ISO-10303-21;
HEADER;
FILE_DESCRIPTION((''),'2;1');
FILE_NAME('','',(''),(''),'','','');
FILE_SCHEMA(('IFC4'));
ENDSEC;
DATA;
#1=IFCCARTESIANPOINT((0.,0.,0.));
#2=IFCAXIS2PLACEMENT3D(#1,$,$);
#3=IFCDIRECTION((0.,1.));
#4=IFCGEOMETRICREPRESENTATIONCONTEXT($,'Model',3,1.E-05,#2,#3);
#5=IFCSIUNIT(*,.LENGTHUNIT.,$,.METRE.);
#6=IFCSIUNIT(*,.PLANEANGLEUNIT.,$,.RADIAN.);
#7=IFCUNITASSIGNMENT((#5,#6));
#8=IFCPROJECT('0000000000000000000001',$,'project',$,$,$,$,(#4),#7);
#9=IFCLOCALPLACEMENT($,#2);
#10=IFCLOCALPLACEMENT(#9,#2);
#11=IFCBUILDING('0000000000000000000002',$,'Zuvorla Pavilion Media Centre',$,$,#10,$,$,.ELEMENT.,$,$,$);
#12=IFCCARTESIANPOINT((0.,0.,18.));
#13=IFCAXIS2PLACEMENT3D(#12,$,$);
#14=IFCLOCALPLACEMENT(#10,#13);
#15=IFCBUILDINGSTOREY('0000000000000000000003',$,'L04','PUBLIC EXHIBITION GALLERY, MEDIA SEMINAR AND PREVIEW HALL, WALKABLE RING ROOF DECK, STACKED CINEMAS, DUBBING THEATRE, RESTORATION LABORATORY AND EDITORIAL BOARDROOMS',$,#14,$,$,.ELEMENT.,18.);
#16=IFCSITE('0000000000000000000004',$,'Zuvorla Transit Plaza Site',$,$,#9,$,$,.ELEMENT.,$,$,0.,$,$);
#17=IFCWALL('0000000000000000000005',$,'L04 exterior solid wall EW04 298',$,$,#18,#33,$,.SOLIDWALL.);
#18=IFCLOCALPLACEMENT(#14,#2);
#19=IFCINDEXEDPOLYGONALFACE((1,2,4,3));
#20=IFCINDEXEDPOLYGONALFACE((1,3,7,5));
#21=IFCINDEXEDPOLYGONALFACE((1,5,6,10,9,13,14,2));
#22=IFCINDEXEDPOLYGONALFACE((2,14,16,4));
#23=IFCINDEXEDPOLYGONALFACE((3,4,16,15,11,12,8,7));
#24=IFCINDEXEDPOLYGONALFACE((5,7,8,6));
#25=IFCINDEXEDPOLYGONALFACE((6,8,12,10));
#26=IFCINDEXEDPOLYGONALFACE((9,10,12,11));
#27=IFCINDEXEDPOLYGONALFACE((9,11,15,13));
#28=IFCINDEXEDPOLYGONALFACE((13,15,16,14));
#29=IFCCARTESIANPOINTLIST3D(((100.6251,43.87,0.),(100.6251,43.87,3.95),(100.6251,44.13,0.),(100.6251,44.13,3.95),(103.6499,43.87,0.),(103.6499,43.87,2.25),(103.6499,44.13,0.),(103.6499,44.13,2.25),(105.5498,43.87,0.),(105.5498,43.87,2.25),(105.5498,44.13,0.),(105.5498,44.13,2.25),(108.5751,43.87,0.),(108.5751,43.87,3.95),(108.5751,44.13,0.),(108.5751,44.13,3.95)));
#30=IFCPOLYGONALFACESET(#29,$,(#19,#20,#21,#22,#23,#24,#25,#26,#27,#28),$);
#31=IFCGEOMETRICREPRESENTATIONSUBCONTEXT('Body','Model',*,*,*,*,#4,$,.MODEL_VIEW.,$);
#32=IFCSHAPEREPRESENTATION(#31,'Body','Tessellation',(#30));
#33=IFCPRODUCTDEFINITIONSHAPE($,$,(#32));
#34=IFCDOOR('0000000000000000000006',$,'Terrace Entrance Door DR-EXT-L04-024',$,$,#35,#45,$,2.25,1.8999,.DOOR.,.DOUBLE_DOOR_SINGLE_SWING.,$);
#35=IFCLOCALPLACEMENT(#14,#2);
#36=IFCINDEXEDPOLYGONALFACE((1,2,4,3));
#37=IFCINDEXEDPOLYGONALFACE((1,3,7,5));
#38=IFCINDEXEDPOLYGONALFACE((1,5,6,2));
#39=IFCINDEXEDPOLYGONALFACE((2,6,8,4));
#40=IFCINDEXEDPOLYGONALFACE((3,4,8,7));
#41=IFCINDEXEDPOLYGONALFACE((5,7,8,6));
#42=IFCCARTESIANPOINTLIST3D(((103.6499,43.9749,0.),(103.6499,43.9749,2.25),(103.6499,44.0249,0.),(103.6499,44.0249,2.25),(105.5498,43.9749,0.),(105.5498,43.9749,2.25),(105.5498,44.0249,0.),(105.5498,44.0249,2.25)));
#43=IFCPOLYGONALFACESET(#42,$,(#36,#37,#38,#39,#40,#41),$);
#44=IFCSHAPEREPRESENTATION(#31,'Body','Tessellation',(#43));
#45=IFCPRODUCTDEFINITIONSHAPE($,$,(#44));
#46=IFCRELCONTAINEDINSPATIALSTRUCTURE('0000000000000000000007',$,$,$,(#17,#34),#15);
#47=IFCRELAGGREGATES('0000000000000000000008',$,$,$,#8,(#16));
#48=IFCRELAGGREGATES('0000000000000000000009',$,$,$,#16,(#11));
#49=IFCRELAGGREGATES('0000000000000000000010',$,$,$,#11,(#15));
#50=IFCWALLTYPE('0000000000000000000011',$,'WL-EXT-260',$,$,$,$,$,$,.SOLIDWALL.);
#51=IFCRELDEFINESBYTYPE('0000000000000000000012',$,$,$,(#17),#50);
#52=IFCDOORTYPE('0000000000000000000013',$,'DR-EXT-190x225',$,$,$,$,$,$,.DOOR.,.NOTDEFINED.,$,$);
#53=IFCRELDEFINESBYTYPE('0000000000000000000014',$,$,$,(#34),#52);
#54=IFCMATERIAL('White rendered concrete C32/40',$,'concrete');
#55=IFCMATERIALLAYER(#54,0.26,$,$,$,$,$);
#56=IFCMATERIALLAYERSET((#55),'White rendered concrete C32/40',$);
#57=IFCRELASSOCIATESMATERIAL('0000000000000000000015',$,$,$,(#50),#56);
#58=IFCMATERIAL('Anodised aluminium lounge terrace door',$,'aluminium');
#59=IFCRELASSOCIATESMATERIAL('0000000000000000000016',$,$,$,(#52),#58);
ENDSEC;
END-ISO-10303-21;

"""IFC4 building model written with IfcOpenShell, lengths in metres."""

from ifc_helpers import new_model, si_unit, direction, frame, frame_2d, origin, place, context, subcontext, project, spatial, rectangle, extrude, material, layer, layer_set, type_object, element, fill, save


model = new_model("IFC4")

# Units and contexts
model_context = context("Model", 3, precision=1e-05, world=origin(), true_north=direction((0.0, 1.0)))
body_context = subcontext(model_context, "Body", "Model", "MODEL_VIEW")
ifc_project = project(units=[si_unit("LENGTHUNIT", "METRE"), si_unit("PLANEANGLEUNIT", "RADIAN")], contexts=[model_context])

# Site, building, storey
site_placement = place(None, origin())
site = spatial("IfcSite", under=ifc_project, at=site_placement, Name="Zuvorla Transit Plaza Site", CompositionType="ELEMENT", RefElevation=0.0)
building_placement = place(site_placement, origin())
building = spatial("IfcBuilding", under=site, at=building_placement, Name="Zuvorla Pavilion Media Centre", CompositionType="ELEMENT")
storey_placement = place(building_placement, frame((0.0, 0.0, 18.0)))
storey = spatial("IfcBuildingStorey", under=building, at=storey_placement, Name="L04", Description="PUBLIC EXHIBITION GALLERY, MEDIA SEMINAR AND PREVIEW HALL, WALKABLE RING ROOF DECK, STACKED CINEMAS, DUBBING THEATRE, RESTORATION LABORATORY AND EDITORIAL BOARDROOMS", CompositionType="ELEMENT", Elevation=18.0)

# Shared definitions
ifc_material_1 = material(Name="White rendered concrete C32/40", Category="concrete")
ifc_layer = layer(ifc_material_1, 0.26)
ifc_layer_set = layer_set([ifc_layer], Name="White rendered concrete C32/40")
wall_type = type_object("IfcWallType", Name="WL-EXT-260", PredefinedType="SOLIDWALL", material=ifc_layer_set)

# Wall, opening, door
wall_1_placement = place(storey_placement, frame((100.625, 44.0, 0.0), z_axis=(0.0, 0.0, 1.0), x_axis=(1.0, 0.0, 0.0)))
wall_1 = element("IfcWall", 1, at=wall_1_placement, inside=storey, type_object=wall_type, Name="L04 exterior solid wall EW04 298", PredefinedType="SOLIDWALL", context=body_context, shape_type="SweptSolid", body=[
    extrude(rectangle(XDim=7.95, YDim=0.26, at=frame_2d((3.9751, 0.0))), origin(), (0.0, 0.0, 1.0), 3.95),
])
opening_1_placement = place(wall_1_placement, frame((3.0249, 0.0, 0.0)))
opening_1 = element("IfcOpeningElement", 2, at=opening_1_placement, cuts=wall_1, PredefinedType="OPENING", context=body_context, shape_type="SweptSolid", body=[
    extrude(rectangle(XDim=1.8999, YDim=2.25, at=frame_2d((0.95, 1.125))), frame((0.0, 0.1399, 0.0), z_axis=(0.0, -1.0, 0.0), x_axis=(1.0, 0.0, 0.0)), (0.0, 0.0, 1.0), 0.28),
])
ifc_material_2 = material(Name="Anodised aluminium lounge terrace door", Category="aluminium")
door_type_1 = type_object("IfcDoorType", Name="DR-EXT-190x225", OperationType="NOTDEFINED", PredefinedType="DOOR", material=ifc_material_2)
door_1_placement = place(opening_1_placement, origin())
door_1 = element("IfcDoor", 3, at=door_1_placement, inside=storey, type_object=door_type_1, Name="Terrace Entrance Door DR-EXT-L04-024", OperationType="DOUBLE_DOOR_SINGLE_SWING", OverallHeight=2.25, OverallWidth=1.8999, PredefinedType="DOOR", context=body_context, shape_type="SweptSolid", body=[
    extrude(rectangle(XDim=1.8999, YDim=2.25, at=frame_2d((0.95, 1.125))), frame((0.0, 0.0249, 0.0), z_axis=(0.0, -1.0, 0.0), x_axis=(1.0, 0.0, 0.0)), (0.0, 0.0, 1.0), 0.05),
])
fill(opening_1, door_1)

save(model, "model.ifc")
